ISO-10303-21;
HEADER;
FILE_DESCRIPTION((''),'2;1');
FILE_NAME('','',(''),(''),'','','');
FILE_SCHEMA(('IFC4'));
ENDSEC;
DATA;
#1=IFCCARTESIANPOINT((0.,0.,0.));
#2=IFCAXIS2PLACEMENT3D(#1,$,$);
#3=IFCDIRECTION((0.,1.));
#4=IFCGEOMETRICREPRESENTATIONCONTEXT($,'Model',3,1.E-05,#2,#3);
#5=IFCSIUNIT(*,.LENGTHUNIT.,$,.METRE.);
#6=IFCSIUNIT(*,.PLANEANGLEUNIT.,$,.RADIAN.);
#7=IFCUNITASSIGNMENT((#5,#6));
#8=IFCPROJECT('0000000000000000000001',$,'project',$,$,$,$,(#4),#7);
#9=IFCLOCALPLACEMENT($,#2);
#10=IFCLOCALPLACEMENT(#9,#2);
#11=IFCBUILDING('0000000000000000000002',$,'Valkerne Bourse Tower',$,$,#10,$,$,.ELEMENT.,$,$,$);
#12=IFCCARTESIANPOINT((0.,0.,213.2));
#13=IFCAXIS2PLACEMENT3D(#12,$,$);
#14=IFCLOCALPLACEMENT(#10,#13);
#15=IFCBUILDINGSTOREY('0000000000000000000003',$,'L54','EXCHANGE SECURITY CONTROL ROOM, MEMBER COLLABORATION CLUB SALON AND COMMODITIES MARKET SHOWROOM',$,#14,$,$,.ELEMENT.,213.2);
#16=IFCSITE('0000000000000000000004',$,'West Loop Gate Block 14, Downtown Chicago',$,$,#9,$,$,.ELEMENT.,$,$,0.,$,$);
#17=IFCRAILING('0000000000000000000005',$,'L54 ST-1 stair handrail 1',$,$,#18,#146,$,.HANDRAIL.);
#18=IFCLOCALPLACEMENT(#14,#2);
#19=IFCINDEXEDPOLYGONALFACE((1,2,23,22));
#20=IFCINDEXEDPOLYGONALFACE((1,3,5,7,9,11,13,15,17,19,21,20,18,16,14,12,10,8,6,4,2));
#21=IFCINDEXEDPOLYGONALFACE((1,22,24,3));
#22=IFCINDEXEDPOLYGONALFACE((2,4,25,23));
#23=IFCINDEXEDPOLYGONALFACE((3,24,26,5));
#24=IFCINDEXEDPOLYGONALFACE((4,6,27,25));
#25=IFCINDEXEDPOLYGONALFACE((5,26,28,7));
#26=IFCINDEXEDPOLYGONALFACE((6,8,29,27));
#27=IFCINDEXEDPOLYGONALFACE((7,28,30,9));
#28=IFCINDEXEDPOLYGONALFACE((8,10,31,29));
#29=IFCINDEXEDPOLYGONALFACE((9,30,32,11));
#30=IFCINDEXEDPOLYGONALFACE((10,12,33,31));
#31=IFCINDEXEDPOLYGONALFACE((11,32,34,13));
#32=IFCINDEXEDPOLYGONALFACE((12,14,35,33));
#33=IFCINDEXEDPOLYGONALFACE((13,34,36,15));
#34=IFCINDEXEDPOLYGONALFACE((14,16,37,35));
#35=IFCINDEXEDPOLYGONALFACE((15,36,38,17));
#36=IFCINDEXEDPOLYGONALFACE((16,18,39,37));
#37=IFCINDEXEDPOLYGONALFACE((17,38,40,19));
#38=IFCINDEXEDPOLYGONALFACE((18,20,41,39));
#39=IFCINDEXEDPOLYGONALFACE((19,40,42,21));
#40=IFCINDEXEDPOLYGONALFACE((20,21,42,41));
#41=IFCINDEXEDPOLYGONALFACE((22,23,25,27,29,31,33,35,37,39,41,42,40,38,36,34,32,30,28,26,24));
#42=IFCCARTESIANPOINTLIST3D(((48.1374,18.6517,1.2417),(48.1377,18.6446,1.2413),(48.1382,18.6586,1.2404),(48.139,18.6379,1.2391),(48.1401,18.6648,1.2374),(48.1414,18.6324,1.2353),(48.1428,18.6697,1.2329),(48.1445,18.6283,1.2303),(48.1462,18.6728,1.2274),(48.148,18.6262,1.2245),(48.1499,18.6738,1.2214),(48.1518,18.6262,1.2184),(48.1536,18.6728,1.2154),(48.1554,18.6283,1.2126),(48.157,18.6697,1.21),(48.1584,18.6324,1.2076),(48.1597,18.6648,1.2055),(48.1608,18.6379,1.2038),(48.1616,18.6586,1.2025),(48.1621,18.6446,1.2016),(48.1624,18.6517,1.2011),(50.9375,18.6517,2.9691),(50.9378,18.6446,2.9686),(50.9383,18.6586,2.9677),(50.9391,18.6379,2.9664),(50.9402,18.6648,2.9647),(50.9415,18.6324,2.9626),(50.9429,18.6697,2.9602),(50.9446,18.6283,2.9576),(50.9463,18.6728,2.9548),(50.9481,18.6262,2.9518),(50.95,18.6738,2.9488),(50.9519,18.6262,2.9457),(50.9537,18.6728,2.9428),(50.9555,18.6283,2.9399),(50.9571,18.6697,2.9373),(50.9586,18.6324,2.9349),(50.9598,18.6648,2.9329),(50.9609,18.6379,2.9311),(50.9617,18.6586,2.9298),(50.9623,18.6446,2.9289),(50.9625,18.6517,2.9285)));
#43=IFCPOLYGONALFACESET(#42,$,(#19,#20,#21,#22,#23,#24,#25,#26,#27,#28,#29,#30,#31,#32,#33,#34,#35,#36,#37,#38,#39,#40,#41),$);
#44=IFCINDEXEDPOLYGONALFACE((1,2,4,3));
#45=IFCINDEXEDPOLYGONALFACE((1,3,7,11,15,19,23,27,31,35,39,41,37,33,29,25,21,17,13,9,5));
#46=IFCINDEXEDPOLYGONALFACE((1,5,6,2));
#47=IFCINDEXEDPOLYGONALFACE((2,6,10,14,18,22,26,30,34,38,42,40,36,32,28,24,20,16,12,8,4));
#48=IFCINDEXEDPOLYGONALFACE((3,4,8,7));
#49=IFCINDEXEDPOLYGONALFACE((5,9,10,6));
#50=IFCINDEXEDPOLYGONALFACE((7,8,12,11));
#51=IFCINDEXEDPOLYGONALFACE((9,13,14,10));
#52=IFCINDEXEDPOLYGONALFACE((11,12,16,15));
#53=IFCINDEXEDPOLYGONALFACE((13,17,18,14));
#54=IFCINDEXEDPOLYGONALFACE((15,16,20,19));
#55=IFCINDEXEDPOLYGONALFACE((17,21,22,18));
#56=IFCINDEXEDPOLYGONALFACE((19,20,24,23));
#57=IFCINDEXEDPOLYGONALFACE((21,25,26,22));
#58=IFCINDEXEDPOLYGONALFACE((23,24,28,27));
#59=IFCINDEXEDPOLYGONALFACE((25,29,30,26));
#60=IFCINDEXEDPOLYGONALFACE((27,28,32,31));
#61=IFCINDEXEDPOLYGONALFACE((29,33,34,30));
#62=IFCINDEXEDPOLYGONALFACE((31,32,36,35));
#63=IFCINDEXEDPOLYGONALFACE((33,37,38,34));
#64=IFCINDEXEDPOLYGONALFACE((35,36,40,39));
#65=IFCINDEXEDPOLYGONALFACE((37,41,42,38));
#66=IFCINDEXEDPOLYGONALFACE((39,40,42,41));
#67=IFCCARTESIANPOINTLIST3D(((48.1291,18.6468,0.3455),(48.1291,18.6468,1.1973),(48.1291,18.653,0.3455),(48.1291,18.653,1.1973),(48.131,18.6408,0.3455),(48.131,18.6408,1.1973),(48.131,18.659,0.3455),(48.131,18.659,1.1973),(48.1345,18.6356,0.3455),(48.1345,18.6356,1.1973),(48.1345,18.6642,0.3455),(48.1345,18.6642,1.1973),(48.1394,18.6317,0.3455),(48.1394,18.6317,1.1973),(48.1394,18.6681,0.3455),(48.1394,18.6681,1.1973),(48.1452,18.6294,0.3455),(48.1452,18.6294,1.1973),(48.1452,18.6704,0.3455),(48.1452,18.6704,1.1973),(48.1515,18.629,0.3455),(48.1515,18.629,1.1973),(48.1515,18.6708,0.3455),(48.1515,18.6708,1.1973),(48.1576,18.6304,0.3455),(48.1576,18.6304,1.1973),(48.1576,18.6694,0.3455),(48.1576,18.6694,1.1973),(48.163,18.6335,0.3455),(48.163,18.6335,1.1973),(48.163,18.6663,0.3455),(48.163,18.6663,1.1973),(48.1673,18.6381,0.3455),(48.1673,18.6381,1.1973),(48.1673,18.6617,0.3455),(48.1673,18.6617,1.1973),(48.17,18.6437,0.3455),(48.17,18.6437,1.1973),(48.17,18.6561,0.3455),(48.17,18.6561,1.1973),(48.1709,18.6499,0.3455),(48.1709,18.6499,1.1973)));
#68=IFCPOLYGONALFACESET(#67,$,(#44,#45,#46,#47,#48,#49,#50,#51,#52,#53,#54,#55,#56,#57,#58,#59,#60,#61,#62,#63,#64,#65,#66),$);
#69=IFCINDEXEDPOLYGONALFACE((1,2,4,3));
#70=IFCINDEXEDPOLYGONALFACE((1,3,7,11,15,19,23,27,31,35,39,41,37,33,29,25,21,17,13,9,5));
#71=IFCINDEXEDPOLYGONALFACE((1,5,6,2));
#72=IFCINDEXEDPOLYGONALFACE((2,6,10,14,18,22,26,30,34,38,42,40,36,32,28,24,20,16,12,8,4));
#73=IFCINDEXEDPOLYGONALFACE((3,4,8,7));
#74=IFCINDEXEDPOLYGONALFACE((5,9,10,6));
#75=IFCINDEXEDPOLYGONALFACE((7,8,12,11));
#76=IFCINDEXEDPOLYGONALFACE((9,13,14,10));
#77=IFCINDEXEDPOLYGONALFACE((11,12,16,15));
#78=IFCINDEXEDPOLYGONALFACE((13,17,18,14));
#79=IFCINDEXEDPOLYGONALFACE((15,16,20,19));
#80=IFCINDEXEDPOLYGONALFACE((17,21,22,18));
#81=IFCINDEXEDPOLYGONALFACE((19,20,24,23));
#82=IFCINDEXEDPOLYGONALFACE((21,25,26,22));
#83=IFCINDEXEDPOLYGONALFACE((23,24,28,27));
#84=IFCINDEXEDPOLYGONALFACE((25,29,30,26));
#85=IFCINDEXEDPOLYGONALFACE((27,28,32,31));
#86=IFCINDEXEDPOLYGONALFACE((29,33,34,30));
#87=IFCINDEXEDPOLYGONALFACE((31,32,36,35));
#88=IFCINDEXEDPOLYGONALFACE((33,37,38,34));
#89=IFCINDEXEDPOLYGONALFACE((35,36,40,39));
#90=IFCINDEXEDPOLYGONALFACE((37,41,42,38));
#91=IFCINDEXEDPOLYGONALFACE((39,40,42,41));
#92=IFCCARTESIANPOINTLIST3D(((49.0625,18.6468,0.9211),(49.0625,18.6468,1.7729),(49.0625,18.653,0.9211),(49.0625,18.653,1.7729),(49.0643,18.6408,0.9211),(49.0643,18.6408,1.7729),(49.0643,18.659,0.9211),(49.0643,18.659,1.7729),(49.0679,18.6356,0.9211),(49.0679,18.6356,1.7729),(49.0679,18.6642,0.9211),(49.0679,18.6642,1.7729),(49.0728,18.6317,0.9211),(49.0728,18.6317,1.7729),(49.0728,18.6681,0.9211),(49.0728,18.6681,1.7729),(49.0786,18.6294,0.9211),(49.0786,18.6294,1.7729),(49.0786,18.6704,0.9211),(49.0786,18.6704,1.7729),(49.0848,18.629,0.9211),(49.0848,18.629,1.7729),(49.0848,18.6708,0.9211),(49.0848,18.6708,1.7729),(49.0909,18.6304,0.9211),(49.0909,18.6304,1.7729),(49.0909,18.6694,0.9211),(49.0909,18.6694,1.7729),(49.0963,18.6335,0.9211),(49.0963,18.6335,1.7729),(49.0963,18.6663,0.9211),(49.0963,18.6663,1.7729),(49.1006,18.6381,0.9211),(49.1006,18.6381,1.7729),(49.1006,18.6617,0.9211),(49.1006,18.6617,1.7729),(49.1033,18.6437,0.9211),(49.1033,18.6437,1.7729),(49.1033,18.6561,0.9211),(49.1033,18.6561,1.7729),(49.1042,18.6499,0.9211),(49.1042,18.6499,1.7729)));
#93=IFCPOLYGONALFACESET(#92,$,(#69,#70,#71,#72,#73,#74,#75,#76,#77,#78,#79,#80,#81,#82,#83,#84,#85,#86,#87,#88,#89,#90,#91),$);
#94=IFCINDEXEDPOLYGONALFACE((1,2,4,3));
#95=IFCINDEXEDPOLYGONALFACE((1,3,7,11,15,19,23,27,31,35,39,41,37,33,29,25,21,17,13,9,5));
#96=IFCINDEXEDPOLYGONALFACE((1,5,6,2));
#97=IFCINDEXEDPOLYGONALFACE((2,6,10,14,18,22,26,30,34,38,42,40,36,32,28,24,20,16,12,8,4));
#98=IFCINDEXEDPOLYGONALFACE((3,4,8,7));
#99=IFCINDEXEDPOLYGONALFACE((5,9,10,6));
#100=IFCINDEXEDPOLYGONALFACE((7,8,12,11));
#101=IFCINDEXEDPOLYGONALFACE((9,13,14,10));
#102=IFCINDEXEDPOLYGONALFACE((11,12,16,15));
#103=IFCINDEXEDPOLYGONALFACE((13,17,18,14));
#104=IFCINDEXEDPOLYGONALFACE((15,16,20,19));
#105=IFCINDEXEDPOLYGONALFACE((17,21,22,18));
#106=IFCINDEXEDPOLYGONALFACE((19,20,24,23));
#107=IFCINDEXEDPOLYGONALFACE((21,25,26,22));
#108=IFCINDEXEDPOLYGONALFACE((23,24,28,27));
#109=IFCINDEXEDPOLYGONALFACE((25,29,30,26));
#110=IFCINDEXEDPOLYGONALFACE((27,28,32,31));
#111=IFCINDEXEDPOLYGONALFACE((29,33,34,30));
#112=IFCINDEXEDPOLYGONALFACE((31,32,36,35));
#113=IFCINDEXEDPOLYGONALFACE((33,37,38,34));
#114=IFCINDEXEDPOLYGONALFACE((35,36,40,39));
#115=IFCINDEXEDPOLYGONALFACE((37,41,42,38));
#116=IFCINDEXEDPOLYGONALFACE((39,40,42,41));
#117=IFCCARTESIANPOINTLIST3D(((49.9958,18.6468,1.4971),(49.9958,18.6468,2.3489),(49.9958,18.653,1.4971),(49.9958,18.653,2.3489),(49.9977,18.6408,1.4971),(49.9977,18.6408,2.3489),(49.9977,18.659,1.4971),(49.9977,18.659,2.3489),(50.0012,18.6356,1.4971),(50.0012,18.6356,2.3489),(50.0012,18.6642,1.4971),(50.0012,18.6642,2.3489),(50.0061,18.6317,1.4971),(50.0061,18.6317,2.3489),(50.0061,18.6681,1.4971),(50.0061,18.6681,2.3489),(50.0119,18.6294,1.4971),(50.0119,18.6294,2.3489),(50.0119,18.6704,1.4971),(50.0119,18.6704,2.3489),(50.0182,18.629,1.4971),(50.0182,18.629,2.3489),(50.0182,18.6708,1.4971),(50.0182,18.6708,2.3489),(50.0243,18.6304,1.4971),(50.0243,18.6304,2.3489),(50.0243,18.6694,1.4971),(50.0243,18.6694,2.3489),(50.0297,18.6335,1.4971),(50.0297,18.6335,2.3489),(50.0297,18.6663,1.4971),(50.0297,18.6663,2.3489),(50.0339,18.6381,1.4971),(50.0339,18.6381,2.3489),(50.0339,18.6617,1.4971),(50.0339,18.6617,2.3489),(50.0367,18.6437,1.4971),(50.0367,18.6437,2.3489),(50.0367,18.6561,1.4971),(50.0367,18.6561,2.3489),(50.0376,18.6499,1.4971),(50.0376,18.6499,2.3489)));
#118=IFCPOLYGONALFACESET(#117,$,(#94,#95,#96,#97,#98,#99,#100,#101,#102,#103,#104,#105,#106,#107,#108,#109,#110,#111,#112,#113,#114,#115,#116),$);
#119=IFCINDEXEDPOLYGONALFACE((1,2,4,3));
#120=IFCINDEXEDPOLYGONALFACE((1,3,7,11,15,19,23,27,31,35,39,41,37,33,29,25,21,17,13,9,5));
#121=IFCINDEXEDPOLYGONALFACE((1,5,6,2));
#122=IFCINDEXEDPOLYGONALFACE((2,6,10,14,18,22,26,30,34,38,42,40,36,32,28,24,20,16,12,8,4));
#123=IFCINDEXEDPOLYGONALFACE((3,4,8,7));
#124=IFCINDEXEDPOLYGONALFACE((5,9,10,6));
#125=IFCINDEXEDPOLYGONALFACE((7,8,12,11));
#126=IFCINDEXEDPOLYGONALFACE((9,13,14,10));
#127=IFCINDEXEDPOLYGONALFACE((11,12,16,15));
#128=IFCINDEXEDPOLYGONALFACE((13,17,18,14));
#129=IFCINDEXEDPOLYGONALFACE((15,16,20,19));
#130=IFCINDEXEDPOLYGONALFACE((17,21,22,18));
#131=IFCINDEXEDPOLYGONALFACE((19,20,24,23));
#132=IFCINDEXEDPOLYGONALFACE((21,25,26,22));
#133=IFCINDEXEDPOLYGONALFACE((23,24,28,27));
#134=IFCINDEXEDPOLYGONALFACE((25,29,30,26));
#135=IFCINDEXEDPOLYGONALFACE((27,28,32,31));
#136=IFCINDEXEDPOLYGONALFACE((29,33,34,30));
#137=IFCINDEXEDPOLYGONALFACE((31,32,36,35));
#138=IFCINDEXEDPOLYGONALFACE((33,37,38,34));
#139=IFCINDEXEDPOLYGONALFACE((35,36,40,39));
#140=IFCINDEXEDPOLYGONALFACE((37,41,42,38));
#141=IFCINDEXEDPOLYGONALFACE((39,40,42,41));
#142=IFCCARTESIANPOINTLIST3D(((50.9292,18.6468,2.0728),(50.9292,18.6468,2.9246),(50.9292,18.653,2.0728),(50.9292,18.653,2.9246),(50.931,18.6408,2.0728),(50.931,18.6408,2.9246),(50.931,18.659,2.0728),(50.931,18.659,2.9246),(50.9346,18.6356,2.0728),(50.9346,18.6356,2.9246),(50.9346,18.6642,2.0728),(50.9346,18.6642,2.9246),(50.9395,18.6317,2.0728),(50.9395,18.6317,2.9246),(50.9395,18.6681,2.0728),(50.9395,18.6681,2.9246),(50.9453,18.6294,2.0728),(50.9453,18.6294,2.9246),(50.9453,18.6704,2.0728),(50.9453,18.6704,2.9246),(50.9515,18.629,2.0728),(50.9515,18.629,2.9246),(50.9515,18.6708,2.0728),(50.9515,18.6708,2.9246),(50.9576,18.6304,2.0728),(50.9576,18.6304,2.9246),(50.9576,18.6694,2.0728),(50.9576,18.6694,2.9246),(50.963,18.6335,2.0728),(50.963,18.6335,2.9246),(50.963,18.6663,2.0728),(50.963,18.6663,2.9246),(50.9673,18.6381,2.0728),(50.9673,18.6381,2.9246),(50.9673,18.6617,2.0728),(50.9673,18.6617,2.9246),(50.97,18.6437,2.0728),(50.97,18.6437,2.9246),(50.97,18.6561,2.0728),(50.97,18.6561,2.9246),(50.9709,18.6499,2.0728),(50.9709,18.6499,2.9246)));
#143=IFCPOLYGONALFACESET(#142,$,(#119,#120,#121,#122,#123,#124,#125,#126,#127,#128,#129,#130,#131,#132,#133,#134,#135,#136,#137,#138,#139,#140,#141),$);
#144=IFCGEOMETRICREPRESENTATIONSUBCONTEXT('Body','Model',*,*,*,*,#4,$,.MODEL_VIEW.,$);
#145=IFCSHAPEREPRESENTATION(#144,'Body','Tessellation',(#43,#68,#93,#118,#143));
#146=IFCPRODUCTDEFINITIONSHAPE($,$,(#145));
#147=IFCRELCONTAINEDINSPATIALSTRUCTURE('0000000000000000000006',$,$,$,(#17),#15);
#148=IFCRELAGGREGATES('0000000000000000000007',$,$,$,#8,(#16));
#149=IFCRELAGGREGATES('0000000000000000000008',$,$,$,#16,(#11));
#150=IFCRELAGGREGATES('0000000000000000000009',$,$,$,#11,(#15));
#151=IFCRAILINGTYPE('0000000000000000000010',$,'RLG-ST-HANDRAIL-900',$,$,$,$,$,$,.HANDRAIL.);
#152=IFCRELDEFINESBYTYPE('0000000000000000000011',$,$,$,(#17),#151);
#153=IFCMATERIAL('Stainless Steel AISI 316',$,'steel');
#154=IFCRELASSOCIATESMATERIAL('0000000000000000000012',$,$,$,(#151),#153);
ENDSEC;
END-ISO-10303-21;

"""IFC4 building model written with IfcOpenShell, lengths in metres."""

from ifc_helpers import new_model, si_unit, direction, frame, origin, origin_2d, place, context, subcontext, project, spatial, circle, extrude, material, type_object, element, save


model = new_model("IFC4")

# Units and contexts
model_context = context("Model", 3, precision=1e-05, world=origin(), true_north=direction((0.0, 1.0)))
body_context = subcontext(model_context, "Body", "Model", "MODEL_VIEW")
ifc_project = project(units=[si_unit("LENGTHUNIT", "METRE"), si_unit("PLANEANGLEUNIT", "RADIAN")], contexts=[model_context])

# Site, building, storey
site_placement = place(None, origin())
site = spatial("IfcSite", under=ifc_project, at=site_placement, Name="West Loop Gate Block 14, Downtown Chicago", CompositionType="ELEMENT", RefElevation=0.0)
building_placement = place(site_placement, origin())
building = spatial("IfcBuilding", under=site, at=building_placement, Name="Valkerne Bourse Tower", CompositionType="ELEMENT")
storey_placement = place(building_placement, frame((0.0, 0.0, 213.2)))
storey = spatial("IfcBuildingStorey", under=building, at=storey_placement, Name="L54", Description="EXCHANGE SECURITY CONTROL ROOM, MEMBER COLLABORATION CLUB SALON AND COMMODITIES MARKET SHOWROOM", CompositionType="ELEMENT", Elevation=213.2)

# Shared definitions
ifc_material_1 = material(Name="Stainless Steel AISI 316", Category="steel")

# Railing
railing_type_1 = type_object("IfcRailingType", Name="RLG-ST-HANDRAIL-900", PredefinedType="HANDRAIL", material=ifc_material_1)
railing_1_placement = place(storey_placement, frame((48.1499, 18.6499, 0.3455)))
element("IfcRailing", 1, at=railing_1_placement, inside=storey, type_object=railing_type_1, Name="L54 ST-1 stair handrail 1", PredefinedType="HANDRAIL", context=body_context, shape_type="SweptSolid", body=[
    extrude(circle(Radius=0.0239, at=origin_2d()), frame((0.0, 0.0, 0.876), z_axis=(0.85109, 0.0, 0.52502), x_axis=(0.0, 1.0, 0.0)), (0.0, 0.0, 1.0), 3.29),
    extrude(circle(Radius=0.021, at=origin_2d()), origin(), (0.0, 0.0, 1.0), 0.8518),
    extrude(circle(Radius=0.021, at=origin_2d()), frame((0.9333, 0.0, 0.5757)), (0.0, 0.0, 1.0), 0.8518),
    extrude(circle(Radius=0.021, at=origin_2d()), frame((1.8667, 0.0, 1.1516)), (0.0, 0.0, 1.0), 0.8518),
    extrude(circle(Radius=0.021, at=origin_2d()), frame((2.8, 0.0, 1.7273)), (0.0, 0.0, 1.0), 0.8518),
])

save(model, "model.ifc")
